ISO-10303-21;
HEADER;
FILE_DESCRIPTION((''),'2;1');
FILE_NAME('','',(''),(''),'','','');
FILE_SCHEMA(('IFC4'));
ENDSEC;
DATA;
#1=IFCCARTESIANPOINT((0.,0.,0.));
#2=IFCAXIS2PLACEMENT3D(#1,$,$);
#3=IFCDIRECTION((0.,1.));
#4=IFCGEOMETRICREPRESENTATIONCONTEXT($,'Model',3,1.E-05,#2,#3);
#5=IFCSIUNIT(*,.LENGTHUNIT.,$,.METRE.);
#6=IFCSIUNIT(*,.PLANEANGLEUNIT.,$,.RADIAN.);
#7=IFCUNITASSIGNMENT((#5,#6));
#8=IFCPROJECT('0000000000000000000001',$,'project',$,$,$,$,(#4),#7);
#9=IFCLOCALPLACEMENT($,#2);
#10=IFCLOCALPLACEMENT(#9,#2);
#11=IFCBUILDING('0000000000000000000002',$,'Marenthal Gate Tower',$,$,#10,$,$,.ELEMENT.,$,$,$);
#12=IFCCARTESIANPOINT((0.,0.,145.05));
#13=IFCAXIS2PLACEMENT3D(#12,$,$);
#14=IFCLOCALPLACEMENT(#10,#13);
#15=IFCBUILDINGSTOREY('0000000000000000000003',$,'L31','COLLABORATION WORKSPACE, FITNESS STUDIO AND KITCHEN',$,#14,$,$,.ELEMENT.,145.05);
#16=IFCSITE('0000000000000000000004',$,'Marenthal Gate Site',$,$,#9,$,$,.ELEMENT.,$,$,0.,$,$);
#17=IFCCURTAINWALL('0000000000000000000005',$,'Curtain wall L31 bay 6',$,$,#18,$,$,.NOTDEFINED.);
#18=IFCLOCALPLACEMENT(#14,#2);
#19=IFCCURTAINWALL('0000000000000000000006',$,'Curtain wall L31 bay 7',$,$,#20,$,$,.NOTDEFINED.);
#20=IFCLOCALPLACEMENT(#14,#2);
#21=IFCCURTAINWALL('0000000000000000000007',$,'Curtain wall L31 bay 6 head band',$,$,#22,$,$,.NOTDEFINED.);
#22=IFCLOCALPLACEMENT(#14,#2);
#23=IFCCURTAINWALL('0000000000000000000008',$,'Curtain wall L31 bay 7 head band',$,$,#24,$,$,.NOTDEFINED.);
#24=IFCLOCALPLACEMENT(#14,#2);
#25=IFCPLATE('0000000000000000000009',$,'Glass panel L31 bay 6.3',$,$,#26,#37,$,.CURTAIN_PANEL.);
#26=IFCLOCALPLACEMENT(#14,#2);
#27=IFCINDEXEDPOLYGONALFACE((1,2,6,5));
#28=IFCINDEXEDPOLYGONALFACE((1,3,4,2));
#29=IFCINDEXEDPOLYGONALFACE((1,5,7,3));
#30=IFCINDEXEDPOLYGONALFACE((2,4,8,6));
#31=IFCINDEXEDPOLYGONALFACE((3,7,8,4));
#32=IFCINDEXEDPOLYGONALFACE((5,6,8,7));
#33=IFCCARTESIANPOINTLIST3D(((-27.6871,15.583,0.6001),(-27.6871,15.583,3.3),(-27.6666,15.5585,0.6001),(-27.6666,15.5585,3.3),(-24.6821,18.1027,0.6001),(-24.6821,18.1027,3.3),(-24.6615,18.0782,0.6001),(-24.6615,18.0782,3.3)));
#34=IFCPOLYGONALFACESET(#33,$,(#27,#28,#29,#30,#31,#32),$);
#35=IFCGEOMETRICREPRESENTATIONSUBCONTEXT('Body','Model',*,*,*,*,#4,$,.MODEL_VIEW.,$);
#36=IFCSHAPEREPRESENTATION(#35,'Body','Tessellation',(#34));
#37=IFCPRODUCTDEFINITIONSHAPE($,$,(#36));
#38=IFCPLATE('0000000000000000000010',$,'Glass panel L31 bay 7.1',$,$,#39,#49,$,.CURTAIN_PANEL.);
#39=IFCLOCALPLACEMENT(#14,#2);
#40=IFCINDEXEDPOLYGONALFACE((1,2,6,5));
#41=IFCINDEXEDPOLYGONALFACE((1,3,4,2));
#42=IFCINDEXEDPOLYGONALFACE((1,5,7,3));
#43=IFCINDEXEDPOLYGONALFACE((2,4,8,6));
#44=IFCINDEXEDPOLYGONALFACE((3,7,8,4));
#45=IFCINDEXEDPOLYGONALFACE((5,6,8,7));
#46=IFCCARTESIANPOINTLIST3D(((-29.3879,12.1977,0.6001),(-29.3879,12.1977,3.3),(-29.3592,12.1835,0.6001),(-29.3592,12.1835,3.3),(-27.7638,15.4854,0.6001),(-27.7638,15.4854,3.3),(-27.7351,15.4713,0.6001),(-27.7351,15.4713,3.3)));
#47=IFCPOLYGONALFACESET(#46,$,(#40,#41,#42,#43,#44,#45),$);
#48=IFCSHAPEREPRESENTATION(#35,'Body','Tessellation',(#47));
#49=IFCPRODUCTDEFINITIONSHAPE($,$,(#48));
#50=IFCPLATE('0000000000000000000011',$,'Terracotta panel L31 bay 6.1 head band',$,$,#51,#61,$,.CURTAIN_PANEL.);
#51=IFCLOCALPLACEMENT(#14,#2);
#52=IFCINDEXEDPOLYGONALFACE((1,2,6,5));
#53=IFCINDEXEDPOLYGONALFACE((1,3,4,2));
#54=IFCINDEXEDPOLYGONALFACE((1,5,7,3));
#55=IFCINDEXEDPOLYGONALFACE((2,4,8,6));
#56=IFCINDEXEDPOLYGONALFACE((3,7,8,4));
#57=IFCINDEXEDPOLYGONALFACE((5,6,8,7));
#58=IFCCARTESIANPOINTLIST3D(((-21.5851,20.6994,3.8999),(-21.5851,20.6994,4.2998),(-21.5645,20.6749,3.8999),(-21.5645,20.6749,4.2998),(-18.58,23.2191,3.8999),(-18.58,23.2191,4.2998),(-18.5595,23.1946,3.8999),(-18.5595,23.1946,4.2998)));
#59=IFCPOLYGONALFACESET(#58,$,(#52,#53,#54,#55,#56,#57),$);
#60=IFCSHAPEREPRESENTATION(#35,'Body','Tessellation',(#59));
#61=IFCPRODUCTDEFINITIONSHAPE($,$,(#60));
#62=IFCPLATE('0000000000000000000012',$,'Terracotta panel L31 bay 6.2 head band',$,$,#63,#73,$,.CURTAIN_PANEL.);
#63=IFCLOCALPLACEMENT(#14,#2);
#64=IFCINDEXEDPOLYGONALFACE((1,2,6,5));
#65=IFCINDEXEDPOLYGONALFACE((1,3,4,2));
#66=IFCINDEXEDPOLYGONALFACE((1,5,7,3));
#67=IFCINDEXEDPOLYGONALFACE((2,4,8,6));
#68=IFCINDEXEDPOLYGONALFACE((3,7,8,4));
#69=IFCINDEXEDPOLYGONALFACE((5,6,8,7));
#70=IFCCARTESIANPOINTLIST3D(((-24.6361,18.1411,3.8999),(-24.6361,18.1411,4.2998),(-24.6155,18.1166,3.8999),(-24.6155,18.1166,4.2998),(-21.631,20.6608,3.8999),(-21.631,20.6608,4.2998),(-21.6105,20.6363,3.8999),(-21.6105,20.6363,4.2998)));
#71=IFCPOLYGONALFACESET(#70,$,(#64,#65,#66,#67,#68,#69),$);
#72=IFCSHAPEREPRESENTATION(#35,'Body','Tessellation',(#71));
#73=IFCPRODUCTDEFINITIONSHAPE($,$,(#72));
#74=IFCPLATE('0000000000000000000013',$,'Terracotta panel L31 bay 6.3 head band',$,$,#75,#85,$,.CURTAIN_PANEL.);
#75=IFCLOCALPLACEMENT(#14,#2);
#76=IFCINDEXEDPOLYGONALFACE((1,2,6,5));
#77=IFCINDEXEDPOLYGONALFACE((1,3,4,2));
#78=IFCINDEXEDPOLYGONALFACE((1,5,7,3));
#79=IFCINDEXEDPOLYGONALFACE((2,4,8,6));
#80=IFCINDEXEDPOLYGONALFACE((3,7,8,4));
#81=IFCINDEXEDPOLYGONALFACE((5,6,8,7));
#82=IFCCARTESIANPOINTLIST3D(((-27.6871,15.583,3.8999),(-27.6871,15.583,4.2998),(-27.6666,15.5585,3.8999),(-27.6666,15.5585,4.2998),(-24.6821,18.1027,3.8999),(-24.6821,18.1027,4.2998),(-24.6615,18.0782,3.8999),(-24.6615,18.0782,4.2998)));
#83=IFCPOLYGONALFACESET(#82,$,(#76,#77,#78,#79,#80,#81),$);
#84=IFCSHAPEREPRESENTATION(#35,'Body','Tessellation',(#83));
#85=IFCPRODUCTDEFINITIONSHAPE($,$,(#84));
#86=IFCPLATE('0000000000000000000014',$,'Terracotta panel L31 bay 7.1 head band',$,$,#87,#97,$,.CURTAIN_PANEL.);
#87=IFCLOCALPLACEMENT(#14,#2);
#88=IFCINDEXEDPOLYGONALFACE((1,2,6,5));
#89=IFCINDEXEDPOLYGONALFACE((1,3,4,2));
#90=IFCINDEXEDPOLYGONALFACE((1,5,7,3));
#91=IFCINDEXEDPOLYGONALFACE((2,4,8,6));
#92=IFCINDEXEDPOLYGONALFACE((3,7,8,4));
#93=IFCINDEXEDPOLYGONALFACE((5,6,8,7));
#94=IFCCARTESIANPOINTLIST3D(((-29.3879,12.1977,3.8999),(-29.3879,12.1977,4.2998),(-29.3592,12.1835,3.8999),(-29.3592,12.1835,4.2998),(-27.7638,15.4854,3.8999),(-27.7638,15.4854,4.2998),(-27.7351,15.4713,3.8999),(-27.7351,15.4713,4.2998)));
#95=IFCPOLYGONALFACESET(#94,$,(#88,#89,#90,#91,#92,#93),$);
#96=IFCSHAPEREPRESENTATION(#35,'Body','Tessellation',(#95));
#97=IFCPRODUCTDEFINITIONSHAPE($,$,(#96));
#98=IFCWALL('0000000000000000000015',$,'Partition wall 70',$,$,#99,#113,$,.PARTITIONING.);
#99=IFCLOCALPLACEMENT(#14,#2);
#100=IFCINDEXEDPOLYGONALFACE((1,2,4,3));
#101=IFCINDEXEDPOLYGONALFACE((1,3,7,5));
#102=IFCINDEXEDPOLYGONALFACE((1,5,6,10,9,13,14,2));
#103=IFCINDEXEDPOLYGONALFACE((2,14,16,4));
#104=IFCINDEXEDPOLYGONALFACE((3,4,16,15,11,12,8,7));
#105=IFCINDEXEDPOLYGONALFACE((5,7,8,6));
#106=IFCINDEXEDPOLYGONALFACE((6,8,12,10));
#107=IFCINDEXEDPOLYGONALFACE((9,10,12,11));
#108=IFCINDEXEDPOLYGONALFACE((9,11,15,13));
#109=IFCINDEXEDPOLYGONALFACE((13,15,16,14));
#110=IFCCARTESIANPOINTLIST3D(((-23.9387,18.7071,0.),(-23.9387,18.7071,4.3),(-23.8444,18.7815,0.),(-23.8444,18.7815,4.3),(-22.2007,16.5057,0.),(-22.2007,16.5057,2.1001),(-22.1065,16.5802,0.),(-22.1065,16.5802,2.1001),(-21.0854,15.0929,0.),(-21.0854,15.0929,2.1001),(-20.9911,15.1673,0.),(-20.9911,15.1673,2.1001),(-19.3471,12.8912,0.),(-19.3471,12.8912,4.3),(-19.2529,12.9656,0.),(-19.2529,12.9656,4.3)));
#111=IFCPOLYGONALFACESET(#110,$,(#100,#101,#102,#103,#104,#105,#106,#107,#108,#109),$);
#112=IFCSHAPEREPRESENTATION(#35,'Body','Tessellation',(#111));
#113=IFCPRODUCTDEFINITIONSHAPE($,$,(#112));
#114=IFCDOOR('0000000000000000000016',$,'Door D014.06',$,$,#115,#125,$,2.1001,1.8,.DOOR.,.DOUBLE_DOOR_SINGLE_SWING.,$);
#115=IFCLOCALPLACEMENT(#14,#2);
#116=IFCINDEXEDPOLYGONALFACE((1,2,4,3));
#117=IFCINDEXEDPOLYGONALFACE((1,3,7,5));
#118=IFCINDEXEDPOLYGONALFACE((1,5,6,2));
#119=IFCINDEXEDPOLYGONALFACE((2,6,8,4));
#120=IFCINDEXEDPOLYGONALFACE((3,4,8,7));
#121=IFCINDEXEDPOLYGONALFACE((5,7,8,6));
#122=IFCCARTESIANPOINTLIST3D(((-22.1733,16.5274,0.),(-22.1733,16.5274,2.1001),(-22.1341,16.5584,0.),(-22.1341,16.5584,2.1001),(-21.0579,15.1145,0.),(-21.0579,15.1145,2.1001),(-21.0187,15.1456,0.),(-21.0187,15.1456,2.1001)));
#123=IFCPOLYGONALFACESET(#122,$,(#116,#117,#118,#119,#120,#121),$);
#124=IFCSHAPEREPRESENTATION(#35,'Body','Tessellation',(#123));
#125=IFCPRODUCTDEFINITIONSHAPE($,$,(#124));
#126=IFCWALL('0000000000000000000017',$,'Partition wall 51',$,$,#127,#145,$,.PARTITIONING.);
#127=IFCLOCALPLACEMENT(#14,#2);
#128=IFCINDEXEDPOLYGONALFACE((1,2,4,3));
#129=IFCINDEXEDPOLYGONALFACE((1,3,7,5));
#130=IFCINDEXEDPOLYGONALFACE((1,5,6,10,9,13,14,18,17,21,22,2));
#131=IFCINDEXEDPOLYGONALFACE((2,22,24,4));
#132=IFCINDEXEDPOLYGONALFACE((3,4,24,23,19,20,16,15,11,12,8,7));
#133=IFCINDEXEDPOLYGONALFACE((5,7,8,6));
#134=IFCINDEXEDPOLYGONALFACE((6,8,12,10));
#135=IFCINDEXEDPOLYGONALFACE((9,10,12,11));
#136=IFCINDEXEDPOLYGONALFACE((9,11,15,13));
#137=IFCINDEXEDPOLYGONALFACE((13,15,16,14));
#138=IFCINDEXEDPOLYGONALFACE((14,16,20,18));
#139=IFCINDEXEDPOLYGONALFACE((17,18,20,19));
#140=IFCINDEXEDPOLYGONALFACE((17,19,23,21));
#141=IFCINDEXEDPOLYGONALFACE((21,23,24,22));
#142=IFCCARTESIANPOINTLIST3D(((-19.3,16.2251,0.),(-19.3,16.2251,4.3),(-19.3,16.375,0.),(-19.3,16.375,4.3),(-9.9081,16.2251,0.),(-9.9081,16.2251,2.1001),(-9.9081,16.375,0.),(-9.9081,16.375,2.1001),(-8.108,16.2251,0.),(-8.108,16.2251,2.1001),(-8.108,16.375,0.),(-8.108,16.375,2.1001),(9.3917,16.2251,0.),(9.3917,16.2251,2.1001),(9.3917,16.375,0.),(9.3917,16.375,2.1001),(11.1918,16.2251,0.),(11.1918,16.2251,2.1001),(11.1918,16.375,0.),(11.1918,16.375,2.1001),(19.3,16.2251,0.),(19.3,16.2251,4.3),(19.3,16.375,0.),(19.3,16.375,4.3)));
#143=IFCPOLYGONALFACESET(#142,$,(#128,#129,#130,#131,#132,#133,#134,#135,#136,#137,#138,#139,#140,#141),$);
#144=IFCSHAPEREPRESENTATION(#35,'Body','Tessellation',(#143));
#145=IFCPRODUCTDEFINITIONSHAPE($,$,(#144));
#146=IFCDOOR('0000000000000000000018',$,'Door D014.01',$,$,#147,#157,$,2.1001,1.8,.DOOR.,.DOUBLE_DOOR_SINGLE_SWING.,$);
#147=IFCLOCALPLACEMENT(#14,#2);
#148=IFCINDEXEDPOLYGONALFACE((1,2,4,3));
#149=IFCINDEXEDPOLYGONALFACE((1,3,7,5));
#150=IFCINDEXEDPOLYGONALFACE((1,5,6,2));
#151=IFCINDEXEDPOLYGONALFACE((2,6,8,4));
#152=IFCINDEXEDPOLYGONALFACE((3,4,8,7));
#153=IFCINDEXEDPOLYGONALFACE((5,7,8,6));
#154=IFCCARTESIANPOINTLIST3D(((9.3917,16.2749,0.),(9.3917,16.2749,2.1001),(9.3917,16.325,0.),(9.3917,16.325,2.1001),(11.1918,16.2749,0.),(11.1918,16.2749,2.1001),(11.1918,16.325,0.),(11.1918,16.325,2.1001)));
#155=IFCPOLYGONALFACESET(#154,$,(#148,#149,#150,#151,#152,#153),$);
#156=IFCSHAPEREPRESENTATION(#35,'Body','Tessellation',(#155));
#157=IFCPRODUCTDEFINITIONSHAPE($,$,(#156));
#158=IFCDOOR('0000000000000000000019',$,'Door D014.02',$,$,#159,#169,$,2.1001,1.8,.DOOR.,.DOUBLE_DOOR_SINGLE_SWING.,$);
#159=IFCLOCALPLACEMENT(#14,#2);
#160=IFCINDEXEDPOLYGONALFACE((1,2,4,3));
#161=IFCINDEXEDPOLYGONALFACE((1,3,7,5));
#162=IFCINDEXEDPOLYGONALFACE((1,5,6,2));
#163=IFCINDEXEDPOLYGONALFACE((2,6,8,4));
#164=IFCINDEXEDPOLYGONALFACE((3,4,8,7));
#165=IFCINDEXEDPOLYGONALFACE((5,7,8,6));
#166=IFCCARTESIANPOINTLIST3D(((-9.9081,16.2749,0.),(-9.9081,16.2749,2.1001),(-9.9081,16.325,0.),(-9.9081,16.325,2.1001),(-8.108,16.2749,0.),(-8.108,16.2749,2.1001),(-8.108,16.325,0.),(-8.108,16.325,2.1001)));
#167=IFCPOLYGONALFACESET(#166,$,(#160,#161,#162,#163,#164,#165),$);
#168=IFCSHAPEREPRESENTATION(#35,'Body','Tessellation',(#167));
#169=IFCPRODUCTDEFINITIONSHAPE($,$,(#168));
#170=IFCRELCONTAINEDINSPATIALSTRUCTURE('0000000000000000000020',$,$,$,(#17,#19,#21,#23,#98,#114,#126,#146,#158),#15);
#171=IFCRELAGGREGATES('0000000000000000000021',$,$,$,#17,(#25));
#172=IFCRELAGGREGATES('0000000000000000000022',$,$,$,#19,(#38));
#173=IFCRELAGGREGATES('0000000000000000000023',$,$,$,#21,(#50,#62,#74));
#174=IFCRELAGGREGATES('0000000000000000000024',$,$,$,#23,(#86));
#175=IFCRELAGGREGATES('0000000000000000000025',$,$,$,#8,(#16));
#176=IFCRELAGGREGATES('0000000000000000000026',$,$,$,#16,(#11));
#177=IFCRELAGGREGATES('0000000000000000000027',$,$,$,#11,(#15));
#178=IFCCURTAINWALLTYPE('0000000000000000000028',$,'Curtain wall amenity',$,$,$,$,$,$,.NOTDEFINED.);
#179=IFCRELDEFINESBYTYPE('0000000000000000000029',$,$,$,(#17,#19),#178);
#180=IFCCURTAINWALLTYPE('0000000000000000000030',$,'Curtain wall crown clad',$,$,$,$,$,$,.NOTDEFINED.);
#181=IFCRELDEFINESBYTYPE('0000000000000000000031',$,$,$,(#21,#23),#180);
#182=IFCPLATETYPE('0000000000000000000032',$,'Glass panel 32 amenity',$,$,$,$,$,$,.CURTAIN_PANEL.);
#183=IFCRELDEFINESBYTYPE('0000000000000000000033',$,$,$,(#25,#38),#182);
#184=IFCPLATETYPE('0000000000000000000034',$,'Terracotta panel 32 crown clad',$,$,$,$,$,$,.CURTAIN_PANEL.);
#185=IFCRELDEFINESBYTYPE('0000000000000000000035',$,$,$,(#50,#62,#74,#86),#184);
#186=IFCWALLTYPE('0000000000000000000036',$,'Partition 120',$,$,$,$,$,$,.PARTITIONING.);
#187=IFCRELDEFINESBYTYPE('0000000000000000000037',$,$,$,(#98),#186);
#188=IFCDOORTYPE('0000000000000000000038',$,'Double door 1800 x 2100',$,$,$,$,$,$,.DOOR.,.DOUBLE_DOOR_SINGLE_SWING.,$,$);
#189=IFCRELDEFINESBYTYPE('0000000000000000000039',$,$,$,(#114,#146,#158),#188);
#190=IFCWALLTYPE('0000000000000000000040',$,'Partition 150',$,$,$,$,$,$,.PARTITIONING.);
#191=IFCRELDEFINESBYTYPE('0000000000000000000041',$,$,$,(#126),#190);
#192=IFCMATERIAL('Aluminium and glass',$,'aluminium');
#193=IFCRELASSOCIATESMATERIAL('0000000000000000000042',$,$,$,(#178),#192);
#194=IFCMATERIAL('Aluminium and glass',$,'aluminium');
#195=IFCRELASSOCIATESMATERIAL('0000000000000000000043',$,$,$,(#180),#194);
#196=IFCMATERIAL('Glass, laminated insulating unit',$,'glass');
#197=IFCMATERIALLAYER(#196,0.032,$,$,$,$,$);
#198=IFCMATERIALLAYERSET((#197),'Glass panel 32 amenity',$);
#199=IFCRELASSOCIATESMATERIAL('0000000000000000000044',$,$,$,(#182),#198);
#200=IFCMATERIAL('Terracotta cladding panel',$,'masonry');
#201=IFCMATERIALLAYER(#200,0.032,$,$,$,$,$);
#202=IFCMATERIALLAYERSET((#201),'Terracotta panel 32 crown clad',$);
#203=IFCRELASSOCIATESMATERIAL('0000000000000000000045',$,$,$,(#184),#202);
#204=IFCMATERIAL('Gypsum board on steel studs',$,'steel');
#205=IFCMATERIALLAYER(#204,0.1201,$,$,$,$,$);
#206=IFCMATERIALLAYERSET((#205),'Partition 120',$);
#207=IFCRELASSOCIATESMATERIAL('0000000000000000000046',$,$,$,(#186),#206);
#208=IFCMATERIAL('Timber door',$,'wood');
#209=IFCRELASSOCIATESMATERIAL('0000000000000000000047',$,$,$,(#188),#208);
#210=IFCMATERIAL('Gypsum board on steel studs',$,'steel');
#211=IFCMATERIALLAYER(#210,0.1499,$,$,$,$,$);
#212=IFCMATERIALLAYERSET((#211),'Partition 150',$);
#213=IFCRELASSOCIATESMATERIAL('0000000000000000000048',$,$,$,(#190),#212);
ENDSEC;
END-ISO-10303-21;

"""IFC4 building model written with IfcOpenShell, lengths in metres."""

from ifc_helpers import new_model, si_unit, direction, frame, frame_2d, origin, origin_2d, place, context, subcontext, project, spatial, rectangle, extrude, material, layer, layer_set, type_object, element, fill, aggregate, save


model = new_model("IFC4")

# Units and contexts
model_context = context("Model", 3, precision=1e-05, world=origin(), true_north=direction((0.0, 1.0)))
body_context = subcontext(model_context, "Body", "Model", "MODEL_VIEW")
ifc_project = project(units=[si_unit("LENGTHUNIT", "METRE"), si_unit("PLANEANGLEUNIT", "RADIAN")], contexts=[model_context])

# Site, building, storey
site_placement = place(None, origin())
site = spatial("IfcSite", under=ifc_project, at=site_placement, Name="Marenthal Gate Site", CompositionType="ELEMENT", RefElevation=0.0)
building_placement = place(site_placement, origin())
building = spatial("IfcBuilding", under=site, at=building_placement, Name="Marenthal Gate Tower", CompositionType="ELEMENT")
storey_placement = place(building_placement, frame((0.0, 0.0, 145.05)))
storey = spatial("IfcBuildingStorey", under=building, at=storey_placement, Name="L31", Description="COLLABORATION WORKSPACE, FITNESS STUDIO AND KITCHEN", CompositionType="ELEMENT", Elevation=145.05)

# Curtain walls
ifc_material_1 = material(Name="Aluminium and glass", Category="aluminium")
curtain_wall_type_1 = type_object("IfcCurtainWallType", Name="Curtain wall amenity", PredefinedType="NOTDEFINED", material=ifc_material_1)
curtain_wall_1_placement = place(storey_placement, origin())
curtain_wall_1 = element("IfcCurtainWall", 1, at=curtain_wall_1_placement, inside=storey, type_object=curtain_wall_type_1, Name="Curtain wall L31 bay 6", PredefinedType="NOTDEFINED")
curtain_wall_2_placement = place(storey_placement, origin())
curtain_wall_2 = element("IfcCurtainWall", 2, at=curtain_wall_2_placement, inside=storey, type_object=curtain_wall_type_1, Name="Curtain wall L31 bay 7", PredefinedType="NOTDEFINED")
ifc_material_2 = material(Name="Aluminium and glass", Category="aluminium")
curtain_wall_type_2 = type_object("IfcCurtainWallType", Name="Curtain wall crown clad", PredefinedType="NOTDEFINED", material=ifc_material_2)
curtain_wall_3_placement = place(storey_placement, origin())
curtain_wall_3 = element("IfcCurtainWall", 3, at=curtain_wall_3_placement, inside=storey, type_object=curtain_wall_type_2, Name="Curtain wall L31 bay 6 head band", PredefinedType="NOTDEFINED")
curtain_wall_4_placement = place(storey_placement, origin())
curtain_wall_4 = element("IfcCurtainWall", 4, at=curtain_wall_4_placement, inside=storey, type_object=curtain_wall_type_2, Name="Curtain wall L31 bay 7 head band", PredefinedType="NOTDEFINED")

# Plates
ifc_material_3 = material(Name="Glass, laminated insulating unit", Category="glass")
ifc_layer_1 = layer(ifc_material_3, 0.032)
ifc_layer_set_1 = layer_set([ifc_layer_1], Name="Glass panel 32 amenity")
plate_type_1 = type_object("IfcPlateType", Name="Glass panel 32 amenity", PredefinedType="CURTAIN_PANEL", material=ifc_layer_set_1)
plate_1_placement = place(storey_placement, frame((-26.1743, 16.8306, 0.6001), z_axis=(0.0, 0.0, 1.0), x_axis=(-0.766277, -0.642511, 0.0)))
plate_1 = element("IfcPlate", 5, at=plate_1_placement, type_object=plate_type_1, Name="Glass panel L31 bay 6.3", PredefinedType="CURTAIN_PANEL", context=body_context, shape_type="SweptSolid", body=[
    extrude(rectangle(XDim=3.9216, YDim=0.032, at=origin_2d()), origin(), (0.0, 0.0, 1.0), 2.7),
])
aggregate(curtain_wall_1, [plate_1])
plate_2_placement = place(storey_placement, frame((-28.5615, 13.8345, 0.6001), z_axis=(0.0, 0.0, 1.0), x_axis=(-0.442895, -0.896573, 0.0)))
plate_2 = element("IfcPlate", 6, at=plate_2_placement, type_object=plate_type_1, Name="Glass panel L31 bay 7.1", PredefinedType="CURTAIN_PANEL", context=body_context, shape_type="SweptSolid", body=[
    extrude(rectangle(XDim=3.667, YDim=0.032, at=origin_2d()), origin(), (0.0, 0.0, 1.0), 2.7),
])
aggregate(curtain_wall_2, [plate_2])
ifc_material_4 = material(Name="Terracotta cladding panel", Category="masonry")
ifc_layer_2 = layer(ifc_material_4, 0.032)
ifc_layer_set_2 = layer_set([ifc_layer_2], Name="Terracotta panel 32 crown clad")
plate_type_2 = type_object("IfcPlateType", Name="Terracotta panel 32 crown clad", PredefinedType="CURTAIN_PANEL", material=ifc_layer_set_2)
plate_3_placement = place(storey_placement, frame((-20.0723, 21.947, 3.8999), z_axis=(0.0, 0.0, 1.0), x_axis=(-0.766277, -0.642511, 0.0)))
plate_3 = element("IfcPlate", 7, at=plate_3_placement, type_object=plate_type_2, Name="Terracotta panel L31 bay 6.1 head band", PredefinedType="CURTAIN_PANEL", context=body_context, shape_type="SweptSolid", body=[
    extrude(rectangle(XDim=3.9216, YDim=0.032, at=origin_2d()), origin(), (0.0, 0.0, 1.0), 0.3999),
])
plate_4_placement = place(storey_placement, frame((-23.1233, 19.3887, 3.8999), z_axis=(0.0, 0.0, 1.0), x_axis=(-0.766277, -0.642511, 0.0)))
plate_4 = element("IfcPlate", 8, at=plate_4_placement, type_object=plate_type_2, Name="Terracotta panel L31 bay 6.2 head band", PredefinedType="CURTAIN_PANEL", context=body_context, shape_type="SweptSolid", body=[
    extrude(rectangle(XDim=3.9216, YDim=0.032, at=origin_2d()), origin(), (0.0, 0.0, 1.0), 0.3999),
])
plate_5_placement = place(storey_placement, frame((-26.1743, 16.8306, 3.8999), z_axis=(0.0, 0.0, 1.0), x_axis=(-0.766277, -0.642511, 0.0)))
plate_5 = element("IfcPlate", 9, at=plate_5_placement, type_object=plate_type_2, Name="Terracotta panel L31 bay 6.3 head band", PredefinedType="CURTAIN_PANEL", context=body_context, shape_type="SweptSolid", body=[
    extrude(rectangle(XDim=3.9216, YDim=0.032, at=origin_2d()), origin(), (0.0, 0.0, 1.0), 0.3999),
])
aggregate(curtain_wall_3, [plate_3, plate_4, plate_5])
plate_6_placement = place(storey_placement, frame((-28.5615, 13.8345, 3.8999), z_axis=(0.0, 0.0, 1.0), x_axis=(-0.442895, -0.896573, 0.0)))
plate_6 = element("IfcPlate", 10, at=plate_6_placement, type_object=plate_type_2, Name="Terracotta panel L31 bay 7.1 head band", PredefinedType="CURTAIN_PANEL", context=body_context, shape_type="SweptSolid", body=[
    extrude(rectangle(XDim=3.667, YDim=0.032, at=origin_2d()), origin(), (0.0, 0.0, 1.0), 0.3999),
])
aggregate(curtain_wall_4, [plate_6])

# Wall, opening, door
ifc_material_5 = material(Name="Gypsum board on steel studs", Category="steel")
ifc_layer_3 = layer(ifc_material_5, 0.1201)
ifc_layer_set_3 = layer_set([ifc_layer_3], Name="Partition 120")
wall_type_1 = type_object("IfcWallType", Name="Partition 120", PredefinedType="PARTITIONING", material=ifc_layer_set_3)
wall_1_placement = place(storey_placement, frame((-23.8916, 18.7444, 0.0), z_axis=(0.0, 0.0, 1.0), x_axis=(0.619647, -0.78488, 0.0)))
wall_1 = element("IfcWall", 11, at=wall_1_placement, inside=storey, type_object=wall_type_1, Name="Partition wall 70", PredefinedType="PARTITIONING", context=body_context, shape_type="SweptSolid", body=[
    extrude(rectangle(XDim=7.4099, YDim=0.1201, at=frame_2d((3.7051, 0.0))), origin(), (0.0, 0.0, 1.0), 4.3),
])
opening_1_placement = place(wall_1_placement, frame((2.8049, 0.0, 0.0)))
opening_1 = element("IfcOpeningElement", 12, at=opening_1_placement, cuts=wall_1, PredefinedType="OPENING", context=body_context, shape_type="SweptSolid", body=[
    extrude(rectangle(XDim=1.8, YDim=2.1001, at=frame_2d((0.8999, 1.05))), frame((0.0, 0.0701, 0.0), z_axis=(0.0, -1.0, 0.0), x_axis=(1.0, 0.0, 0.0)), (0.0, 0.0, 1.0), 0.1401),
])
ifc_material_6 = material(Name="Timber door", Category="wood")
door_type = type_object("IfcDoorType", Name="Double door 1800 x 2100", OperationType="DOUBLE_DOOR_SINGLE_SWING", PredefinedType="DOOR", material=ifc_material_6)
door_1_placement = place(opening_1_placement, origin())
door_1 = element("IfcDoor", 13, at=door_1_placement, inside=storey, type_object=door_type, Name="Door D014.06", OperationType="DOUBLE_DOOR_SINGLE_SWING", OverallHeight=2.1001, OverallWidth=1.8, PredefinedType="DOOR", context=body_context, shape_type="SweptSolid", body=[
    extrude(rectangle(XDim=1.8, YDim=2.1001, at=frame_2d((0.8999, 1.05))), frame((0.0, 0.0249, 0.0), z_axis=(0.0, -1.0, 0.0), x_axis=(1.0, 0.0, 0.0)), (0.0, 0.0, 1.0), 0.05),
])
fill(opening_1, door_1)

# Wall, openings, doors
ifc_material_7 = material(Name="Gypsum board on steel studs", Category="steel")
ifc_layer_4 = layer(ifc_material_7, 0.1499)
ifc_layer_set_4 = layer_set([ifc_layer_4], Name="Partition 150")
wall_type_2 = type_object("IfcWallType", Name="Partition 150", PredefinedType="PARTITIONING", material=ifc_layer_set_4)
wall_2_placement = place(storey_placement, frame((-19.3, 16.3, 0.0), z_axis=(0.0, 0.0, 1.0), x_axis=(1.0, 0.0, 0.0)))
wall_2 = element("IfcWall", 14, at=wall_2_placement, inside=storey, type_object=wall_type_2, Name="Partition wall 51", PredefinedType="PARTITIONING", context=body_context, shape_type="SweptSolid", body=[
    extrude(rectangle(XDim=38.6001, YDim=0.1499, at=frame_2d((19.3, 0.0))), origin(), (0.0, 0.0, 1.0), 4.3),
])
opening_2_placement = place(wall_2_placement, frame((28.6919, 0.0, 0.0)))
opening_2 = element("IfcOpeningElement", 15, at=opening_2_placement, cuts=wall_2, PredefinedType="OPENING", context=body_context, shape_type="SweptSolid", body=[
    extrude(rectangle(XDim=1.8, YDim=2.1001, at=frame_2d((0.8999, 1.05))), frame((0.0, 0.085, 0.0), z_axis=(0.0, -1.0, 0.0), x_axis=(1.0, 0.0, 0.0)), (0.0, 0.0, 1.0), 0.1699),
])
opening_3_placement = place(wall_2_placement, frame((9.3921, 0.0, 0.0)))
opening_3 = element("IfcOpeningElement", 16, at=opening_3_placement, cuts=wall_2, PredefinedType="OPENING", context=body_context, shape_type="SweptSolid", body=[
    extrude(rectangle(XDim=1.8, YDim=2.1001, at=frame_2d((0.8999, 1.05))), frame((0.0, 0.085, 0.0), z_axis=(0.0, -1.0, 0.0), x_axis=(1.0, 0.0, 0.0)), (0.0, 0.0, 1.0), 0.1699),
])
door_2_placement = place(opening_2_placement, origin())
door_2 = element("IfcDoor", 17, at=door_2_placement, inside=storey, type_object=door_type, Name="Door D014.01", OperationType="DOUBLE_DOOR_SINGLE_SWING", OverallHeight=2.1001, OverallWidth=1.8, PredefinedType="DOOR", context=body_context, shape_type="SweptSolid", body=[
    extrude(rectangle(XDim=1.8, YDim=2.1001, at=frame_2d((0.8999, 1.05))), frame((0.0, 0.0249, 0.0), z_axis=(0.0, -1.0, 0.0), x_axis=(1.0, 0.0, 0.0)), (0.0, 0.0, 1.0), 0.05),
])
fill(opening_2, door_2)
door_3_placement = place(opening_3_placement, origin())
door_3 = element("IfcDoor", 18, at=door_3_placement, inside=storey, type_object=door_type, Name="Door D014.02", OperationType="DOUBLE_DOOR_SINGLE_SWING", OverallHeight=2.1001, OverallWidth=1.8, PredefinedType="DOOR", context=body_context, shape_type="SweptSolid", body=[
    extrude(rectangle(XDim=1.8, YDim=2.1001, at=frame_2d((0.8999, 1.05))), frame((0.0, 0.0249, 0.0), z_axis=(0.0, -1.0, 0.0), x_axis=(1.0, 0.0, 0.0)), (0.0, 0.0, 1.0), 0.05),
])
fill(opening_3, door_3)

save(model, "model.ifc")
